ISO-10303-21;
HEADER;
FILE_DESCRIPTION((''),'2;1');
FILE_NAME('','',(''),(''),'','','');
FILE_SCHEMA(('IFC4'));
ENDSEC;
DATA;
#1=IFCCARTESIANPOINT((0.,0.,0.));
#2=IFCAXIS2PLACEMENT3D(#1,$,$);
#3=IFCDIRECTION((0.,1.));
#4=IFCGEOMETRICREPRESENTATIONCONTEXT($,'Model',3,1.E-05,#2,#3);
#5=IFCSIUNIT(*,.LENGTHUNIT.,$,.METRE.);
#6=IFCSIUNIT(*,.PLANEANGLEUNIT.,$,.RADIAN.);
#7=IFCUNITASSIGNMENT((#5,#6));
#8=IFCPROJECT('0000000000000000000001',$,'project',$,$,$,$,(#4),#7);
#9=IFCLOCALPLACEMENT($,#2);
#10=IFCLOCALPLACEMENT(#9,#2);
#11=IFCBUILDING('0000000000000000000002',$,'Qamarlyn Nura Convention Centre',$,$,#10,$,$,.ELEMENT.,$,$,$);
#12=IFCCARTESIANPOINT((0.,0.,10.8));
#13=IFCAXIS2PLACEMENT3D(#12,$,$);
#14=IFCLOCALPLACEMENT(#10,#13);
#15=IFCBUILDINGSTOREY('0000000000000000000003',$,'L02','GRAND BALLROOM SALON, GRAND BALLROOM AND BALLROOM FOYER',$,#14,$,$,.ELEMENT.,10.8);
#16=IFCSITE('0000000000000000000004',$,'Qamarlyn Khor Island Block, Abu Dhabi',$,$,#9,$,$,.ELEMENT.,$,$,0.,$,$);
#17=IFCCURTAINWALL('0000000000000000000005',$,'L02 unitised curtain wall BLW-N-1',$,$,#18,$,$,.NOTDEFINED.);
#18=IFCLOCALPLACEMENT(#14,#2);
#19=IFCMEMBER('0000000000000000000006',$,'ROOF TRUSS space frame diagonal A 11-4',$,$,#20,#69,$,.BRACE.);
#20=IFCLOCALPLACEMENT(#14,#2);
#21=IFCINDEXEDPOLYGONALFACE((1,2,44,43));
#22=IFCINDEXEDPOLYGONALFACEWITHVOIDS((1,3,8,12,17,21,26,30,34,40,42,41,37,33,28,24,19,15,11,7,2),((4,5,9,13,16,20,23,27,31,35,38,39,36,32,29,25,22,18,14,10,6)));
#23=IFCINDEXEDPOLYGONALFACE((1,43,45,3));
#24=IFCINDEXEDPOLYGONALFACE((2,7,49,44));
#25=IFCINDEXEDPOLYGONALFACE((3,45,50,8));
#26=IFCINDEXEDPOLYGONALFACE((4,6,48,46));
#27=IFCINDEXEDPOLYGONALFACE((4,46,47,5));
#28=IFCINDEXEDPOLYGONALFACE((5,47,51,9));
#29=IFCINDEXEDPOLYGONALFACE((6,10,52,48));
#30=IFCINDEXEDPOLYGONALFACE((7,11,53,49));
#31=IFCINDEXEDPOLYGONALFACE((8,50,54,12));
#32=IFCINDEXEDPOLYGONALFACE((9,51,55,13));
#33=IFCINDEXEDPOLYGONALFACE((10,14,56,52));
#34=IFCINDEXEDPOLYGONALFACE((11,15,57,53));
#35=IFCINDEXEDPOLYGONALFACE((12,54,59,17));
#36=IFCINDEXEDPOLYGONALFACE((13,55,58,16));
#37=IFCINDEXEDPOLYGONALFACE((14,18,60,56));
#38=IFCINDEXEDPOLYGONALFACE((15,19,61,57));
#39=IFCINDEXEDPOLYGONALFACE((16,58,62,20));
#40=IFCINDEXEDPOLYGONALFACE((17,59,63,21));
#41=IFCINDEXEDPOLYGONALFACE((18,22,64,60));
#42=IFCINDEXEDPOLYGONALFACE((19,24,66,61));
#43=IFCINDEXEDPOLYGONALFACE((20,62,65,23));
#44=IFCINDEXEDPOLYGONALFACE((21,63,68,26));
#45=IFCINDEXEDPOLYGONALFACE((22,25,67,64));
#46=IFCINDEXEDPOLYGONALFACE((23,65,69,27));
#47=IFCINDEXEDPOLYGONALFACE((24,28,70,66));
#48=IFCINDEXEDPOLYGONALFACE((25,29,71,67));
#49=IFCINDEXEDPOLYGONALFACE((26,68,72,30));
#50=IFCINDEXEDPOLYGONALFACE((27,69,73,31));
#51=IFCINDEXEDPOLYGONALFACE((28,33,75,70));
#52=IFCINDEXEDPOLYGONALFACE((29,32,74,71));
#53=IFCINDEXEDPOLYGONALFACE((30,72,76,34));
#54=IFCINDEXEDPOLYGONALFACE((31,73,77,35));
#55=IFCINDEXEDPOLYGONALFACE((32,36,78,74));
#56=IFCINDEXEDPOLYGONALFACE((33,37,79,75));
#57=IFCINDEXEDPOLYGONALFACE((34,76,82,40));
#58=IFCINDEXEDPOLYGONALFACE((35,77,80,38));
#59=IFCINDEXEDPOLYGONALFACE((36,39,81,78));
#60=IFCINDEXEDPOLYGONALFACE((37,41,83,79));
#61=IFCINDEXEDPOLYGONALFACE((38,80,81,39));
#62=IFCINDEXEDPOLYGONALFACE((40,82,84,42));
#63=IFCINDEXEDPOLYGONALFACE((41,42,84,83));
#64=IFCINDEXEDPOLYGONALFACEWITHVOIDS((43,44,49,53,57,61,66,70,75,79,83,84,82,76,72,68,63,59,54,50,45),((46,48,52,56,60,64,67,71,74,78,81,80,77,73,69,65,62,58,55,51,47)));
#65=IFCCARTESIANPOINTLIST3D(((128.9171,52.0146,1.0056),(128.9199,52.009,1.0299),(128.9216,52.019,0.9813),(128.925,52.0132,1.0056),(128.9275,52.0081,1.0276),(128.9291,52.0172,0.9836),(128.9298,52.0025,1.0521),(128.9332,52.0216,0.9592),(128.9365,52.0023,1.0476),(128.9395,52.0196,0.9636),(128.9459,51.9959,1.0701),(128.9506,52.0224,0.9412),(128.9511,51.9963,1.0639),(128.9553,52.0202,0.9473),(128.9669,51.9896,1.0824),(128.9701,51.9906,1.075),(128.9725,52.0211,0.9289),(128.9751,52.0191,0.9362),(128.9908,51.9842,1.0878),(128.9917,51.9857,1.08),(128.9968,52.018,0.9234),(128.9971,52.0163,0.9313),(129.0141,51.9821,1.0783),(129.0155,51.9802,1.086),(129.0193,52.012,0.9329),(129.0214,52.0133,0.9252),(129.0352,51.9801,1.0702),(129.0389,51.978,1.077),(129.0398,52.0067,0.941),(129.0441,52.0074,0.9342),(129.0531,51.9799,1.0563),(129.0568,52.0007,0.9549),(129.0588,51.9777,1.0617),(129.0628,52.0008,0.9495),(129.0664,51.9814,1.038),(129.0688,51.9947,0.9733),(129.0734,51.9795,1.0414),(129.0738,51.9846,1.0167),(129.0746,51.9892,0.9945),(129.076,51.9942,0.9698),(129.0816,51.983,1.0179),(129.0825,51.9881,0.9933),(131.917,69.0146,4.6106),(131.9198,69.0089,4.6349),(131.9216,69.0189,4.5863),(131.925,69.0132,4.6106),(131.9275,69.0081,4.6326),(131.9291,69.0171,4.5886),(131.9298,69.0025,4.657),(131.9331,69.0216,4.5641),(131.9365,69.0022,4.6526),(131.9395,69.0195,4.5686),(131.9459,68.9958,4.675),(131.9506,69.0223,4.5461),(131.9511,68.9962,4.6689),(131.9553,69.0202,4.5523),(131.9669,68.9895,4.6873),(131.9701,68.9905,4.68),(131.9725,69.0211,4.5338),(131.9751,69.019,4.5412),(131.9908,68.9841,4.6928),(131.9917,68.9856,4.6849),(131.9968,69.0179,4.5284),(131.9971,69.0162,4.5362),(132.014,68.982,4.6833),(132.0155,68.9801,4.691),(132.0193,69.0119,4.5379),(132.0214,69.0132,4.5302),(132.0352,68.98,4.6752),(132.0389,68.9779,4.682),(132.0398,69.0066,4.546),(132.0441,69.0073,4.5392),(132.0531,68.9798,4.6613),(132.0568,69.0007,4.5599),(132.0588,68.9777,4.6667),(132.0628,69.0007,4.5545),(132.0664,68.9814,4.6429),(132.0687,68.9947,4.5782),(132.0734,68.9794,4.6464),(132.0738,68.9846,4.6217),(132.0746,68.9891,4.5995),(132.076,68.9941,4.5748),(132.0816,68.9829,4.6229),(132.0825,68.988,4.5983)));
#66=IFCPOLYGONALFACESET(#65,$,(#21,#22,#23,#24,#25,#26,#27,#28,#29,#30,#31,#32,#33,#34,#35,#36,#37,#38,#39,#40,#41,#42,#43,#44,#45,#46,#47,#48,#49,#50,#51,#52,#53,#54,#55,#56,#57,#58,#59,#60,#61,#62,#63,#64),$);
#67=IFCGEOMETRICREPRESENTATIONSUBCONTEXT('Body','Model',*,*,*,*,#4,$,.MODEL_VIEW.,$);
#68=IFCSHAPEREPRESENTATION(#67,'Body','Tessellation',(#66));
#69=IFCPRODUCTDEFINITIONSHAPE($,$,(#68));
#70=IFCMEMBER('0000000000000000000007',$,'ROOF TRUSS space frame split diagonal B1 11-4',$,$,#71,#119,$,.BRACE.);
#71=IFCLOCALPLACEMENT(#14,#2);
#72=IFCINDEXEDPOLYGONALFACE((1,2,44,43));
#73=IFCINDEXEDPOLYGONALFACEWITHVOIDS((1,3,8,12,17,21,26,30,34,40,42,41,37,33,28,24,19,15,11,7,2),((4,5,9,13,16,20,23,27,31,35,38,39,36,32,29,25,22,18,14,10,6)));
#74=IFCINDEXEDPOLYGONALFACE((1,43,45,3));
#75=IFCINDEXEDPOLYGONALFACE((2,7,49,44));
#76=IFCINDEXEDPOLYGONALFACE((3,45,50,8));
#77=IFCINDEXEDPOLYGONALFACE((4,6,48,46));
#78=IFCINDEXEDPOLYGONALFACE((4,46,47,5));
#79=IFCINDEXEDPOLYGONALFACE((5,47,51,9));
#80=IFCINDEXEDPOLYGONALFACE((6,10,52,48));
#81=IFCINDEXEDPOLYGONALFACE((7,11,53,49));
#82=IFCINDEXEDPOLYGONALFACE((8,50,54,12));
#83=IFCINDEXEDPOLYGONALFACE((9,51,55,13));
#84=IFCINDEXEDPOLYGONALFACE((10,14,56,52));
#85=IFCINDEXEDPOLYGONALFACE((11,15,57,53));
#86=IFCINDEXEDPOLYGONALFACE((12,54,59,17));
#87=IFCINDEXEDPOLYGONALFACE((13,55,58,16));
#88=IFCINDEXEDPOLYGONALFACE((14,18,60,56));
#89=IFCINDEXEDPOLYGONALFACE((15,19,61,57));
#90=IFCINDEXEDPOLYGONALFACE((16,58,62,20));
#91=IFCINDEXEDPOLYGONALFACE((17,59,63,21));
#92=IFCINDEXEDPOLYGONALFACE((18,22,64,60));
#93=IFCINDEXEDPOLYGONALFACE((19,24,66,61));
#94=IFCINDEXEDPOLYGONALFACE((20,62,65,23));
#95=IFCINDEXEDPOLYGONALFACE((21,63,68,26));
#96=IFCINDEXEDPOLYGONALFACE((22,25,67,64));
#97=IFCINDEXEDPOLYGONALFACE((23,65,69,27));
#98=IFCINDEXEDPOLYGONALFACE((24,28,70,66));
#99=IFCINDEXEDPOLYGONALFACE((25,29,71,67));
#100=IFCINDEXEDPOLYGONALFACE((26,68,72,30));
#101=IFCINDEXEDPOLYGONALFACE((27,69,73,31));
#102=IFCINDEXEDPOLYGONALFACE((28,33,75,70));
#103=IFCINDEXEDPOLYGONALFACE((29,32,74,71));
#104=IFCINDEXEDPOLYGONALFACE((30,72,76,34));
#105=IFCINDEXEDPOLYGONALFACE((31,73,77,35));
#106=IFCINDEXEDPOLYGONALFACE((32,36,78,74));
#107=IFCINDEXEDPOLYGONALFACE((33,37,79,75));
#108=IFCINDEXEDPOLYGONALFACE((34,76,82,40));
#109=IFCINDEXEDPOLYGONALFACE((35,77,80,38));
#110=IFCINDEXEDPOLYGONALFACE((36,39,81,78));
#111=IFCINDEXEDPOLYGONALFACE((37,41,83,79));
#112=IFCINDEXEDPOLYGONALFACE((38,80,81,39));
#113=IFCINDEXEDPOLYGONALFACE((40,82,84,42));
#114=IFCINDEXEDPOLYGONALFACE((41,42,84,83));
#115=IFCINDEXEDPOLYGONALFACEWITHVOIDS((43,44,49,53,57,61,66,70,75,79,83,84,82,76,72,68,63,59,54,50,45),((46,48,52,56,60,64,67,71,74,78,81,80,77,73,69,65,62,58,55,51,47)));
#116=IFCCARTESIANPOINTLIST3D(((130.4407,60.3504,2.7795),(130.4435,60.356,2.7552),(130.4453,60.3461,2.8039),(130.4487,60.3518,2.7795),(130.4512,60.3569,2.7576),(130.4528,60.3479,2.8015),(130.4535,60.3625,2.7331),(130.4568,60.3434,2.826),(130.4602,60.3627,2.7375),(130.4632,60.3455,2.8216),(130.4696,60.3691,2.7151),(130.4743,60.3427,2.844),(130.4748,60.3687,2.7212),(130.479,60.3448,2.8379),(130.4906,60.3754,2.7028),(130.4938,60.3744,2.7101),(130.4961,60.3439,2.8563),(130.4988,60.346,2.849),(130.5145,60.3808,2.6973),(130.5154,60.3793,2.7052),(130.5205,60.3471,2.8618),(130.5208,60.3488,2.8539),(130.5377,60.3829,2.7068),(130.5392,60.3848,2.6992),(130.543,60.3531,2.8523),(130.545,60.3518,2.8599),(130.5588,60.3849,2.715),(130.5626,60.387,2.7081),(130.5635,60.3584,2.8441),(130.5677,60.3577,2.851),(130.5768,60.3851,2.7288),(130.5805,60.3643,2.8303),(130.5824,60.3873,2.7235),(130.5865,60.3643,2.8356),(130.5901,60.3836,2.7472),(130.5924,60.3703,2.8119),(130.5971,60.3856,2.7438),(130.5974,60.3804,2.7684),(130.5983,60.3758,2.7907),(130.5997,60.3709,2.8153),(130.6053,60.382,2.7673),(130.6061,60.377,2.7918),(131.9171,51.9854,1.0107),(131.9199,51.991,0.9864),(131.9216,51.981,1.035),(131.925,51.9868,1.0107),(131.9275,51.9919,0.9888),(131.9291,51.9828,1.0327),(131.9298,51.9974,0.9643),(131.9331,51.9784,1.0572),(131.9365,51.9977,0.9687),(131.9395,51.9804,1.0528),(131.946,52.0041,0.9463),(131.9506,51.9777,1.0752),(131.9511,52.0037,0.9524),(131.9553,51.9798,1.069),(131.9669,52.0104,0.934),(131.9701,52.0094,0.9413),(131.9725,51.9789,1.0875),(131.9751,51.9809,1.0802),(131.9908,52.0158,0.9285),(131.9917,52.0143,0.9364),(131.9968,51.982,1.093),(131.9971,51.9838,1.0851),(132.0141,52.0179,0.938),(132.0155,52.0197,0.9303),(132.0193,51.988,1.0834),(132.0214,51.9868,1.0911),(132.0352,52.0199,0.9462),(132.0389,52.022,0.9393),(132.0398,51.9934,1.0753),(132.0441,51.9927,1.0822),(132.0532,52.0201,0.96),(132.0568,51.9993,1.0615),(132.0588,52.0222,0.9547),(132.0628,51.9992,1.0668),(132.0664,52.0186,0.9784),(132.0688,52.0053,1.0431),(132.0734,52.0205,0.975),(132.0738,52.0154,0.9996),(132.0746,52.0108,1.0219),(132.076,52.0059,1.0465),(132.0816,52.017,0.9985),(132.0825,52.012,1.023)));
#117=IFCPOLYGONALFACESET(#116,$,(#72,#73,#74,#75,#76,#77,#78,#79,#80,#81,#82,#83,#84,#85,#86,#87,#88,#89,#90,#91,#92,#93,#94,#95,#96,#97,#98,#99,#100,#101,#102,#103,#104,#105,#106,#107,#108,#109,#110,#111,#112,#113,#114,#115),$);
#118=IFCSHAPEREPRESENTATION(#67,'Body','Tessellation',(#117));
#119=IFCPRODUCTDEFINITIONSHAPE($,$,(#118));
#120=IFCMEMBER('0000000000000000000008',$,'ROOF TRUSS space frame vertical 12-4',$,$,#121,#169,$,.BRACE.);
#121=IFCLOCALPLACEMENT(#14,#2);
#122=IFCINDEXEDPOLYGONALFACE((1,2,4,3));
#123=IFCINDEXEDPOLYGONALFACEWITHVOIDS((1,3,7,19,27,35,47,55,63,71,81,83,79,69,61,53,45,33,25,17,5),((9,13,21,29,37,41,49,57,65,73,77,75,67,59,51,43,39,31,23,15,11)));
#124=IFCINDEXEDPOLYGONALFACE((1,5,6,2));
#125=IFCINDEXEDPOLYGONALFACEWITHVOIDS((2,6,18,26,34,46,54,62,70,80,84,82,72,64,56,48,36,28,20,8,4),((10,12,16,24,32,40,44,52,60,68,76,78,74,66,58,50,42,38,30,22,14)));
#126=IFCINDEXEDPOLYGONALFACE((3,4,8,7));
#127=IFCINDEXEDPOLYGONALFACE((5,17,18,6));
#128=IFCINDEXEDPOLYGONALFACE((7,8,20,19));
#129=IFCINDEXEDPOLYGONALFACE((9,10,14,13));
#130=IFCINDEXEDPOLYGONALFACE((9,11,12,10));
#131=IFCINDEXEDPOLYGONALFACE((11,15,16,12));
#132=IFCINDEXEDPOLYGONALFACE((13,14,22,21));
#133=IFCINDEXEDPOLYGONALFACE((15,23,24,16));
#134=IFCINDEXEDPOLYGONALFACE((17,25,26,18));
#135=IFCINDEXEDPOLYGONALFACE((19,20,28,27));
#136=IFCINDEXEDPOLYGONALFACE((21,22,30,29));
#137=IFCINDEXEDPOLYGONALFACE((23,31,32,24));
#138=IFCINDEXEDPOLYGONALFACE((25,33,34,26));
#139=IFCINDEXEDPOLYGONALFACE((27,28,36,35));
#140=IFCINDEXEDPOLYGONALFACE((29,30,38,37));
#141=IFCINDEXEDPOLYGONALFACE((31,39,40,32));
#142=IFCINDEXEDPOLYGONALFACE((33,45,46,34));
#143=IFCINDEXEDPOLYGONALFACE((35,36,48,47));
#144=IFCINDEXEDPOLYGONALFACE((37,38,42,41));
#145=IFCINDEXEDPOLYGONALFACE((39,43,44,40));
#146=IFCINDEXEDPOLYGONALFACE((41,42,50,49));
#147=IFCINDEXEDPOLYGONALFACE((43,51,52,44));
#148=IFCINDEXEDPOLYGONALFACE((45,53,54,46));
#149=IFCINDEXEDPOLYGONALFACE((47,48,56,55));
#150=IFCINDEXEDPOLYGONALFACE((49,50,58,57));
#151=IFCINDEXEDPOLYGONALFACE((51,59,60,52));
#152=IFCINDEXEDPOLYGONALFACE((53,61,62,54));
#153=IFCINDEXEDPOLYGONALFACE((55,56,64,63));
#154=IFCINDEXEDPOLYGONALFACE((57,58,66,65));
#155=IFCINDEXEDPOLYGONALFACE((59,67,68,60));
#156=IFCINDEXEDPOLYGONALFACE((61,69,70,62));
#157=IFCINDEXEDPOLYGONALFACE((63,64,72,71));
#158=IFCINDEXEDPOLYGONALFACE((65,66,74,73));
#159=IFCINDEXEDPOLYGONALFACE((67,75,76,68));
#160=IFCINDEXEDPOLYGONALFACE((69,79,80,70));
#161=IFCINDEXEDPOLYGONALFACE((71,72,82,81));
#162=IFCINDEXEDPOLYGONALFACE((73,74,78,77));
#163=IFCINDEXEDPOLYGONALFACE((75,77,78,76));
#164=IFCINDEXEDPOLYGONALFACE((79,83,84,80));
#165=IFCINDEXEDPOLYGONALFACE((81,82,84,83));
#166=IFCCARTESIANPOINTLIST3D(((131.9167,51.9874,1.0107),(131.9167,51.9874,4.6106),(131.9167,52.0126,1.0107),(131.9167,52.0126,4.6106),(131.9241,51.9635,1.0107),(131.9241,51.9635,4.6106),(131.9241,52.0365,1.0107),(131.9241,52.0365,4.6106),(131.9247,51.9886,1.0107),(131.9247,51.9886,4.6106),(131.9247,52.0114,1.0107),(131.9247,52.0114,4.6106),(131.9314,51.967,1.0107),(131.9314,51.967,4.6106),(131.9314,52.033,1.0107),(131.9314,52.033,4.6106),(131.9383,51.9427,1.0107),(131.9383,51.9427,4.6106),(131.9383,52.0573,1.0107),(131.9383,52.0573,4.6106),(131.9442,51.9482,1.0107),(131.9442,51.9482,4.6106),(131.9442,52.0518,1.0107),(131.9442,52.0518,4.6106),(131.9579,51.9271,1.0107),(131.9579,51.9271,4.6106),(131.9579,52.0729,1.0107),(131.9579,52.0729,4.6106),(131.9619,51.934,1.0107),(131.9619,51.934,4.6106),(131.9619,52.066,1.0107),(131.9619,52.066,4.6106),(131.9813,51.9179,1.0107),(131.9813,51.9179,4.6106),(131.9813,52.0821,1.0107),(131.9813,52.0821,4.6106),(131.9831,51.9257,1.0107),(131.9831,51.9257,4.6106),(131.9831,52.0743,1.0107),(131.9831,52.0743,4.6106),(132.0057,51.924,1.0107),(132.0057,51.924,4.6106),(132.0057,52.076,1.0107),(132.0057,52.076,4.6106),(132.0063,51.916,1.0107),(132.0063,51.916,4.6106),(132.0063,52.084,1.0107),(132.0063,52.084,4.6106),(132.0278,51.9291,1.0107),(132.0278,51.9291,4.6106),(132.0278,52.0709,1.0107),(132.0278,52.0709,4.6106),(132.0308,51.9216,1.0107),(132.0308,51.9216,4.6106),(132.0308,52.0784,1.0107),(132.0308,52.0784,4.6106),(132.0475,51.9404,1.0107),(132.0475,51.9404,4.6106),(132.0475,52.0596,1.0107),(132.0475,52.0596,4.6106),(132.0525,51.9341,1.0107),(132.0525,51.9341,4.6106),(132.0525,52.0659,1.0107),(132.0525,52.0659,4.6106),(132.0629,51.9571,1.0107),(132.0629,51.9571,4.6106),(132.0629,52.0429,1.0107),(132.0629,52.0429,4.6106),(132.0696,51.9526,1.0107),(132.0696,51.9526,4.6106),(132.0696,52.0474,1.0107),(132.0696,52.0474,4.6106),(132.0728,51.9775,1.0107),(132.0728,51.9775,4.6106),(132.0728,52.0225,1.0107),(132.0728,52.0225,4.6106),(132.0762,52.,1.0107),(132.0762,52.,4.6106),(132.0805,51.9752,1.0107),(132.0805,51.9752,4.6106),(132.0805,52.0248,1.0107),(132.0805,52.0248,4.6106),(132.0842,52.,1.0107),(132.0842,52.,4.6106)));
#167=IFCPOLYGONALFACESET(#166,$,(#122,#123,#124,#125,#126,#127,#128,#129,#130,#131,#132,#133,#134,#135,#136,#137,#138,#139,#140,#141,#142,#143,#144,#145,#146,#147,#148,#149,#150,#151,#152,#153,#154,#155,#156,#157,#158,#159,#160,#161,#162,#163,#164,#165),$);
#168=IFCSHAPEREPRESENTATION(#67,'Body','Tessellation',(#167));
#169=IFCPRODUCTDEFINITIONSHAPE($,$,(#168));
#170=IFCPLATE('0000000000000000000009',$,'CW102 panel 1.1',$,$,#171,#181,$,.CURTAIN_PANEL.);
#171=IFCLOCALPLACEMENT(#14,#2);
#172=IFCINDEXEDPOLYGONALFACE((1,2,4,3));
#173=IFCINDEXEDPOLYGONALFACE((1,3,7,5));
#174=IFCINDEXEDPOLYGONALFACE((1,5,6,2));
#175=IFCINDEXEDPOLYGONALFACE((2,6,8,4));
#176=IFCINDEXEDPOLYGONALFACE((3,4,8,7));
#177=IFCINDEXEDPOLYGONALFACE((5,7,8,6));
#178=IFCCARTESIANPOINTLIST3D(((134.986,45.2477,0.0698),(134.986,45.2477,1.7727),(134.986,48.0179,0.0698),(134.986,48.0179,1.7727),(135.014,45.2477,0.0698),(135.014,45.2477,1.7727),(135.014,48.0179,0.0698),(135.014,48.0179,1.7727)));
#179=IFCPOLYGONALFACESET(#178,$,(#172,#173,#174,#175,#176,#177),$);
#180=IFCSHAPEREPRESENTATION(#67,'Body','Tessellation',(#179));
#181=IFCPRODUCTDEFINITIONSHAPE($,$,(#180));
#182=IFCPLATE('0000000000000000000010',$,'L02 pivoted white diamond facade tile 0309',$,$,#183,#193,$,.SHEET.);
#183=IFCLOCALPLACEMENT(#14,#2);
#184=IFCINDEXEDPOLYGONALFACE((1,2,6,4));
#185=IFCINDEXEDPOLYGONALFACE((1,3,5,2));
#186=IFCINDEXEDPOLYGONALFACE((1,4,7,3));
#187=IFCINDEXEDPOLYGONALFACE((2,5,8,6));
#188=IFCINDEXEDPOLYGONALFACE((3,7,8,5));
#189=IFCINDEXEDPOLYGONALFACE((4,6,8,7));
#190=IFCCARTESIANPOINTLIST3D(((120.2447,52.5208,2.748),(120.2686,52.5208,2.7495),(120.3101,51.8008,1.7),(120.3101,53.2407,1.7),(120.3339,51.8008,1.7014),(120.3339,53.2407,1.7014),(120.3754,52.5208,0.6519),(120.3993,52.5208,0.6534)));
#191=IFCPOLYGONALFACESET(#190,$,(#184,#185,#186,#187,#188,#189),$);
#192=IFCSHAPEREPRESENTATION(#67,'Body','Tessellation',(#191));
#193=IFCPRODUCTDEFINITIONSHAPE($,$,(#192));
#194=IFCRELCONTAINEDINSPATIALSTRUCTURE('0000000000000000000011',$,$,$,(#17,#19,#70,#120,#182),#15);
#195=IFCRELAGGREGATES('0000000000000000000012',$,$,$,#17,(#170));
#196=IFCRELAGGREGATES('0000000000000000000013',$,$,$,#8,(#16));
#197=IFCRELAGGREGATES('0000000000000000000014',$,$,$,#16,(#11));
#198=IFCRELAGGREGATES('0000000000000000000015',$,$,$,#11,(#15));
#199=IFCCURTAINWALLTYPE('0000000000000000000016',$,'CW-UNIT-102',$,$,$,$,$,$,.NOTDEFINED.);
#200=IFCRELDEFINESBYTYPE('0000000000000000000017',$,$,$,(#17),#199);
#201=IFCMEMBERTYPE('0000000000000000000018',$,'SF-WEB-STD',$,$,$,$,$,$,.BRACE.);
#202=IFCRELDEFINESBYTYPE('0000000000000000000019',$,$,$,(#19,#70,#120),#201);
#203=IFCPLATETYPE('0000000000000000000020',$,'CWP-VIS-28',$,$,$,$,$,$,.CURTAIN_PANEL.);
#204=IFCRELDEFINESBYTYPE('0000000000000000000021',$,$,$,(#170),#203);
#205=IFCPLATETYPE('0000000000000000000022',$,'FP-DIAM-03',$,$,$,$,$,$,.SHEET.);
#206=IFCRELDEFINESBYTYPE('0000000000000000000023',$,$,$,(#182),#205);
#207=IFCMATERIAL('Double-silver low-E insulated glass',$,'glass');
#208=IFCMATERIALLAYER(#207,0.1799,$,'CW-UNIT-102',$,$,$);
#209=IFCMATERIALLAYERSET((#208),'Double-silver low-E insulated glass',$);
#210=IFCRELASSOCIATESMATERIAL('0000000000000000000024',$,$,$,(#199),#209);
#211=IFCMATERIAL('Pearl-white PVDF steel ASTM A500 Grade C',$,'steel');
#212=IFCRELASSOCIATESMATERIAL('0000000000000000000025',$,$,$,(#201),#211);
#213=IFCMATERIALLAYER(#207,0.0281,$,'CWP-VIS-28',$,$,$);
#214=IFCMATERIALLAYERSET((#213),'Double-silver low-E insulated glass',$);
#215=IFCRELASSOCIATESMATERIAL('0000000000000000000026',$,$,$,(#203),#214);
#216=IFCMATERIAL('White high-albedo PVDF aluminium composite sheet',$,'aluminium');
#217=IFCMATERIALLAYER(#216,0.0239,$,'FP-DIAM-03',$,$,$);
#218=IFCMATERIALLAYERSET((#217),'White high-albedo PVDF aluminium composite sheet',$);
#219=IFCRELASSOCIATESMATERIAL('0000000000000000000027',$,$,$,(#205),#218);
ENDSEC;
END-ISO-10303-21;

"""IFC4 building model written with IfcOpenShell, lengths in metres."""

from ifc_helpers import new_model, si_unit, direction, frame, origin, origin_2d, place, context, subcontext, project, spatial, polyline, rectangle, hollow_circle, outline, extrude, material, layer, layer_set, material_profile, profile_set, type_object, element, aggregate, save


model = new_model("IFC4")

# Units and contexts
model_context = context("Model", 3, precision=1e-05, world=origin(), true_north=direction((0.0, 1.0)))
body_context = subcontext(model_context, "Body", "Model", "MODEL_VIEW")
ifc_project = project(units=[si_unit("LENGTHUNIT", "METRE"), si_unit("PLANEANGLEUNIT", "RADIAN")], contexts=[model_context])

# Site, building, storey
site_placement = place(None, origin())
site = spatial("IfcSite", under=ifc_project, at=site_placement, Name="Qamarlyn Khor Island Block, Abu Dhabi", CompositionType="ELEMENT", RefElevation=0.0)
building_placement = place(site_placement, origin())
building = spatial("IfcBuilding", under=site, at=building_placement, Name="Qamarlyn Nura Convention Centre", CompositionType="ELEMENT")
storey_placement = place(building_placement, frame((0.0, 0.0, 10.8)))
storey = spatial("IfcBuildingStorey", under=building, at=storey_placement, Name="L02", Description="GRAND BALLROOM SALON, GRAND BALLROOM AND BALLROOM FOYER", CompositionType="ELEMENT", Elevation=10.8)

# Curtain wall
ifc_material_1 = material(Name="Double-silver low-E insulated glass", Category="glass")
ifc_layer_1 = layer(ifc_material_1, 0.1799, Name="CW-UNIT-102")
ifc_layer_set_1 = layer_set([ifc_layer_1], Name="Double-silver low-E insulated glass")
curtain_wall_type = type_object("IfcCurtainWallType", Name="CW-UNIT-102", PredefinedType="NOTDEFINED", material=ifc_layer_set_1)
curtain_wall_placement = place(storey_placement, origin())
curtain_wall = element("IfcCurtainWall", 1, at=curtain_wall_placement, inside=storey, type_object=curtain_wall_type, Name="L02 unitised curtain wall BLW-N-1", PredefinedType="NOTDEFINED")

# Members
ifc_material_2 = material(Name="Pearl-white PVDF steel ASTM A500 Grade C", Category="steel")
ifc_material_profile_1 = material_profile(ifc_material_2, hollow_circle(Radius=0.0842, WallThickness=0.0081, at=origin_2d()), Name="CHS168.3X8")
ifc_profile_set_1 = profile_set([ifc_material_profile_1], Name="Pearl-white PVDF steel ASTM A500 Grade C")
member_type_1 = type_object("IfcMemberType", Name="SF-WEB-STD", PredefinedType="BRACE", material=ifc_profile_set_1)
member_1_placement = place(storey_placement, frame((129.0, 52.0, 1.0056), z_axis=(0.170116, 0.963988, 0.204421), x_axis=(-0.984784, 0.173785, 0.0)))
element("IfcMember", 2, at=member_1_placement, inside=storey, type_object=member_type_1, Name="ROOF TRUSS space frame diagonal A 11-4", PredefinedType="BRACE", context=body_context, shape_type="SweptSolid", body=[
    extrude(hollow_circle(Radius=0.0842, WallThickness=0.0081, at=origin_2d()), origin(), (0.0, 0.0, 1.0), 17.635),
])
member_2_placement = place(storey_placement, frame((132.0, 52.0, 1.0107), z_axis=(-0.170152, 0.9641, 0.203861), x_axis=(-0.984781, -0.173802, 0.0)))
element("IfcMember", 3, at=member_2_placement, inside=storey, type_object=member_type_1, Name="ROOF TRUSS space frame split diagonal B1 11-4", PredefinedType="BRACE", context=body_context, shape_type="SweptSolid", body=[
    extrude(hollow_circle(Radius=0.0842, WallThickness=0.0081, at=origin_2d()), origin(), (0.0, 0.0, 1.0), 8.6765),
])
member_3_placement = place(storey_placement, frame((132.0, 52.0, 1.0107), z_axis=(0.0, 0.0, 1.0), x_axis=(1.0, 0.0, 0.0)))
element("IfcMember", 4, at=member_3_placement, inside=storey, type_object=member_type_1, Name="ROOF TRUSS space frame vertical 12-4", PredefinedType="BRACE", context=body_context, shape_type="SweptSolid", body=[
    extrude(hollow_circle(Radius=0.0842, WallThickness=0.0081, at=origin_2d()), origin(), (0.0, 0.0, 1.0), 3.5999),
])

# Plate
ifc_layer_2 = layer(ifc_material_1, 0.0281, Name="CWP-VIS-28")
ifc_layer_set_2 = layer_set([ifc_layer_2], Name="Double-silver low-E insulated glass")
plate_type_1 = type_object("IfcPlateType", Name="CWP-VIS-28", PredefinedType="CURTAIN_PANEL", material=ifc_layer_set_2)
plate_1_placement = place(storey_placement, frame((135.0, 46.6328, 0.0698), z_axis=(0.0, 0.0, 1.0), x_axis=(0.0, 1.0, 0.0)))
plate_1 = element("IfcPlate", 5, at=plate_1_placement, type_object=plate_type_1, Name="CW102 panel 1.1", PredefinedType="CURTAIN_PANEL", context=body_context, shape_type="SweptSolid", body=[
    extrude(rectangle(XDim=2.7703, YDim=0.0281, at=origin_2d()), origin(), (0.0, 0.0, 1.0), 1.7029),
])
aggregate(curtain_wall, [plate_1])

# Plate
ifc_material_3 = material(Name="White high-albedo PVDF aluminium composite sheet", Category="aluminium")
ifc_layer_3 = layer(ifc_material_3, 0.0239, Name="FP-DIAM-03")
ifc_layer_set_3 = layer_set([ifc_layer_3], Name="White high-albedo PVDF aluminium composite sheet")
plate_type_2 = type_object("IfcPlateType", Name="FP-DIAM-03", PredefinedType="SHEET", material=ifc_layer_set_3)
for number, where, z_axis, x_axis, name in (
    (6, (120.3101, 52.5208, 1.7), (0.998059, 0.0, 0.062268), (0.0, 1.0, 0.0), "L02 pivoted white diamond facade tile 0309"),
):
    element("IfcPlate", number, at=place(storey_placement, frame(where, z_axis=z_axis, x_axis=x_axis)), inside=storey, type_object=plate_type_2, Name=name, PredefinedType="SHEET", context=body_context, shape_type="SweptSolid", body=[
        extrude(outline(polyline([(-0.72, 0.0), (0.0, -1.05), (0.72, 0.0), (0.0, 1.05), (-0.72, 0.0)])), origin(), (0.0, 0.0, 1.0), 0.0239),
    ])

save(model, "model.ifc")
